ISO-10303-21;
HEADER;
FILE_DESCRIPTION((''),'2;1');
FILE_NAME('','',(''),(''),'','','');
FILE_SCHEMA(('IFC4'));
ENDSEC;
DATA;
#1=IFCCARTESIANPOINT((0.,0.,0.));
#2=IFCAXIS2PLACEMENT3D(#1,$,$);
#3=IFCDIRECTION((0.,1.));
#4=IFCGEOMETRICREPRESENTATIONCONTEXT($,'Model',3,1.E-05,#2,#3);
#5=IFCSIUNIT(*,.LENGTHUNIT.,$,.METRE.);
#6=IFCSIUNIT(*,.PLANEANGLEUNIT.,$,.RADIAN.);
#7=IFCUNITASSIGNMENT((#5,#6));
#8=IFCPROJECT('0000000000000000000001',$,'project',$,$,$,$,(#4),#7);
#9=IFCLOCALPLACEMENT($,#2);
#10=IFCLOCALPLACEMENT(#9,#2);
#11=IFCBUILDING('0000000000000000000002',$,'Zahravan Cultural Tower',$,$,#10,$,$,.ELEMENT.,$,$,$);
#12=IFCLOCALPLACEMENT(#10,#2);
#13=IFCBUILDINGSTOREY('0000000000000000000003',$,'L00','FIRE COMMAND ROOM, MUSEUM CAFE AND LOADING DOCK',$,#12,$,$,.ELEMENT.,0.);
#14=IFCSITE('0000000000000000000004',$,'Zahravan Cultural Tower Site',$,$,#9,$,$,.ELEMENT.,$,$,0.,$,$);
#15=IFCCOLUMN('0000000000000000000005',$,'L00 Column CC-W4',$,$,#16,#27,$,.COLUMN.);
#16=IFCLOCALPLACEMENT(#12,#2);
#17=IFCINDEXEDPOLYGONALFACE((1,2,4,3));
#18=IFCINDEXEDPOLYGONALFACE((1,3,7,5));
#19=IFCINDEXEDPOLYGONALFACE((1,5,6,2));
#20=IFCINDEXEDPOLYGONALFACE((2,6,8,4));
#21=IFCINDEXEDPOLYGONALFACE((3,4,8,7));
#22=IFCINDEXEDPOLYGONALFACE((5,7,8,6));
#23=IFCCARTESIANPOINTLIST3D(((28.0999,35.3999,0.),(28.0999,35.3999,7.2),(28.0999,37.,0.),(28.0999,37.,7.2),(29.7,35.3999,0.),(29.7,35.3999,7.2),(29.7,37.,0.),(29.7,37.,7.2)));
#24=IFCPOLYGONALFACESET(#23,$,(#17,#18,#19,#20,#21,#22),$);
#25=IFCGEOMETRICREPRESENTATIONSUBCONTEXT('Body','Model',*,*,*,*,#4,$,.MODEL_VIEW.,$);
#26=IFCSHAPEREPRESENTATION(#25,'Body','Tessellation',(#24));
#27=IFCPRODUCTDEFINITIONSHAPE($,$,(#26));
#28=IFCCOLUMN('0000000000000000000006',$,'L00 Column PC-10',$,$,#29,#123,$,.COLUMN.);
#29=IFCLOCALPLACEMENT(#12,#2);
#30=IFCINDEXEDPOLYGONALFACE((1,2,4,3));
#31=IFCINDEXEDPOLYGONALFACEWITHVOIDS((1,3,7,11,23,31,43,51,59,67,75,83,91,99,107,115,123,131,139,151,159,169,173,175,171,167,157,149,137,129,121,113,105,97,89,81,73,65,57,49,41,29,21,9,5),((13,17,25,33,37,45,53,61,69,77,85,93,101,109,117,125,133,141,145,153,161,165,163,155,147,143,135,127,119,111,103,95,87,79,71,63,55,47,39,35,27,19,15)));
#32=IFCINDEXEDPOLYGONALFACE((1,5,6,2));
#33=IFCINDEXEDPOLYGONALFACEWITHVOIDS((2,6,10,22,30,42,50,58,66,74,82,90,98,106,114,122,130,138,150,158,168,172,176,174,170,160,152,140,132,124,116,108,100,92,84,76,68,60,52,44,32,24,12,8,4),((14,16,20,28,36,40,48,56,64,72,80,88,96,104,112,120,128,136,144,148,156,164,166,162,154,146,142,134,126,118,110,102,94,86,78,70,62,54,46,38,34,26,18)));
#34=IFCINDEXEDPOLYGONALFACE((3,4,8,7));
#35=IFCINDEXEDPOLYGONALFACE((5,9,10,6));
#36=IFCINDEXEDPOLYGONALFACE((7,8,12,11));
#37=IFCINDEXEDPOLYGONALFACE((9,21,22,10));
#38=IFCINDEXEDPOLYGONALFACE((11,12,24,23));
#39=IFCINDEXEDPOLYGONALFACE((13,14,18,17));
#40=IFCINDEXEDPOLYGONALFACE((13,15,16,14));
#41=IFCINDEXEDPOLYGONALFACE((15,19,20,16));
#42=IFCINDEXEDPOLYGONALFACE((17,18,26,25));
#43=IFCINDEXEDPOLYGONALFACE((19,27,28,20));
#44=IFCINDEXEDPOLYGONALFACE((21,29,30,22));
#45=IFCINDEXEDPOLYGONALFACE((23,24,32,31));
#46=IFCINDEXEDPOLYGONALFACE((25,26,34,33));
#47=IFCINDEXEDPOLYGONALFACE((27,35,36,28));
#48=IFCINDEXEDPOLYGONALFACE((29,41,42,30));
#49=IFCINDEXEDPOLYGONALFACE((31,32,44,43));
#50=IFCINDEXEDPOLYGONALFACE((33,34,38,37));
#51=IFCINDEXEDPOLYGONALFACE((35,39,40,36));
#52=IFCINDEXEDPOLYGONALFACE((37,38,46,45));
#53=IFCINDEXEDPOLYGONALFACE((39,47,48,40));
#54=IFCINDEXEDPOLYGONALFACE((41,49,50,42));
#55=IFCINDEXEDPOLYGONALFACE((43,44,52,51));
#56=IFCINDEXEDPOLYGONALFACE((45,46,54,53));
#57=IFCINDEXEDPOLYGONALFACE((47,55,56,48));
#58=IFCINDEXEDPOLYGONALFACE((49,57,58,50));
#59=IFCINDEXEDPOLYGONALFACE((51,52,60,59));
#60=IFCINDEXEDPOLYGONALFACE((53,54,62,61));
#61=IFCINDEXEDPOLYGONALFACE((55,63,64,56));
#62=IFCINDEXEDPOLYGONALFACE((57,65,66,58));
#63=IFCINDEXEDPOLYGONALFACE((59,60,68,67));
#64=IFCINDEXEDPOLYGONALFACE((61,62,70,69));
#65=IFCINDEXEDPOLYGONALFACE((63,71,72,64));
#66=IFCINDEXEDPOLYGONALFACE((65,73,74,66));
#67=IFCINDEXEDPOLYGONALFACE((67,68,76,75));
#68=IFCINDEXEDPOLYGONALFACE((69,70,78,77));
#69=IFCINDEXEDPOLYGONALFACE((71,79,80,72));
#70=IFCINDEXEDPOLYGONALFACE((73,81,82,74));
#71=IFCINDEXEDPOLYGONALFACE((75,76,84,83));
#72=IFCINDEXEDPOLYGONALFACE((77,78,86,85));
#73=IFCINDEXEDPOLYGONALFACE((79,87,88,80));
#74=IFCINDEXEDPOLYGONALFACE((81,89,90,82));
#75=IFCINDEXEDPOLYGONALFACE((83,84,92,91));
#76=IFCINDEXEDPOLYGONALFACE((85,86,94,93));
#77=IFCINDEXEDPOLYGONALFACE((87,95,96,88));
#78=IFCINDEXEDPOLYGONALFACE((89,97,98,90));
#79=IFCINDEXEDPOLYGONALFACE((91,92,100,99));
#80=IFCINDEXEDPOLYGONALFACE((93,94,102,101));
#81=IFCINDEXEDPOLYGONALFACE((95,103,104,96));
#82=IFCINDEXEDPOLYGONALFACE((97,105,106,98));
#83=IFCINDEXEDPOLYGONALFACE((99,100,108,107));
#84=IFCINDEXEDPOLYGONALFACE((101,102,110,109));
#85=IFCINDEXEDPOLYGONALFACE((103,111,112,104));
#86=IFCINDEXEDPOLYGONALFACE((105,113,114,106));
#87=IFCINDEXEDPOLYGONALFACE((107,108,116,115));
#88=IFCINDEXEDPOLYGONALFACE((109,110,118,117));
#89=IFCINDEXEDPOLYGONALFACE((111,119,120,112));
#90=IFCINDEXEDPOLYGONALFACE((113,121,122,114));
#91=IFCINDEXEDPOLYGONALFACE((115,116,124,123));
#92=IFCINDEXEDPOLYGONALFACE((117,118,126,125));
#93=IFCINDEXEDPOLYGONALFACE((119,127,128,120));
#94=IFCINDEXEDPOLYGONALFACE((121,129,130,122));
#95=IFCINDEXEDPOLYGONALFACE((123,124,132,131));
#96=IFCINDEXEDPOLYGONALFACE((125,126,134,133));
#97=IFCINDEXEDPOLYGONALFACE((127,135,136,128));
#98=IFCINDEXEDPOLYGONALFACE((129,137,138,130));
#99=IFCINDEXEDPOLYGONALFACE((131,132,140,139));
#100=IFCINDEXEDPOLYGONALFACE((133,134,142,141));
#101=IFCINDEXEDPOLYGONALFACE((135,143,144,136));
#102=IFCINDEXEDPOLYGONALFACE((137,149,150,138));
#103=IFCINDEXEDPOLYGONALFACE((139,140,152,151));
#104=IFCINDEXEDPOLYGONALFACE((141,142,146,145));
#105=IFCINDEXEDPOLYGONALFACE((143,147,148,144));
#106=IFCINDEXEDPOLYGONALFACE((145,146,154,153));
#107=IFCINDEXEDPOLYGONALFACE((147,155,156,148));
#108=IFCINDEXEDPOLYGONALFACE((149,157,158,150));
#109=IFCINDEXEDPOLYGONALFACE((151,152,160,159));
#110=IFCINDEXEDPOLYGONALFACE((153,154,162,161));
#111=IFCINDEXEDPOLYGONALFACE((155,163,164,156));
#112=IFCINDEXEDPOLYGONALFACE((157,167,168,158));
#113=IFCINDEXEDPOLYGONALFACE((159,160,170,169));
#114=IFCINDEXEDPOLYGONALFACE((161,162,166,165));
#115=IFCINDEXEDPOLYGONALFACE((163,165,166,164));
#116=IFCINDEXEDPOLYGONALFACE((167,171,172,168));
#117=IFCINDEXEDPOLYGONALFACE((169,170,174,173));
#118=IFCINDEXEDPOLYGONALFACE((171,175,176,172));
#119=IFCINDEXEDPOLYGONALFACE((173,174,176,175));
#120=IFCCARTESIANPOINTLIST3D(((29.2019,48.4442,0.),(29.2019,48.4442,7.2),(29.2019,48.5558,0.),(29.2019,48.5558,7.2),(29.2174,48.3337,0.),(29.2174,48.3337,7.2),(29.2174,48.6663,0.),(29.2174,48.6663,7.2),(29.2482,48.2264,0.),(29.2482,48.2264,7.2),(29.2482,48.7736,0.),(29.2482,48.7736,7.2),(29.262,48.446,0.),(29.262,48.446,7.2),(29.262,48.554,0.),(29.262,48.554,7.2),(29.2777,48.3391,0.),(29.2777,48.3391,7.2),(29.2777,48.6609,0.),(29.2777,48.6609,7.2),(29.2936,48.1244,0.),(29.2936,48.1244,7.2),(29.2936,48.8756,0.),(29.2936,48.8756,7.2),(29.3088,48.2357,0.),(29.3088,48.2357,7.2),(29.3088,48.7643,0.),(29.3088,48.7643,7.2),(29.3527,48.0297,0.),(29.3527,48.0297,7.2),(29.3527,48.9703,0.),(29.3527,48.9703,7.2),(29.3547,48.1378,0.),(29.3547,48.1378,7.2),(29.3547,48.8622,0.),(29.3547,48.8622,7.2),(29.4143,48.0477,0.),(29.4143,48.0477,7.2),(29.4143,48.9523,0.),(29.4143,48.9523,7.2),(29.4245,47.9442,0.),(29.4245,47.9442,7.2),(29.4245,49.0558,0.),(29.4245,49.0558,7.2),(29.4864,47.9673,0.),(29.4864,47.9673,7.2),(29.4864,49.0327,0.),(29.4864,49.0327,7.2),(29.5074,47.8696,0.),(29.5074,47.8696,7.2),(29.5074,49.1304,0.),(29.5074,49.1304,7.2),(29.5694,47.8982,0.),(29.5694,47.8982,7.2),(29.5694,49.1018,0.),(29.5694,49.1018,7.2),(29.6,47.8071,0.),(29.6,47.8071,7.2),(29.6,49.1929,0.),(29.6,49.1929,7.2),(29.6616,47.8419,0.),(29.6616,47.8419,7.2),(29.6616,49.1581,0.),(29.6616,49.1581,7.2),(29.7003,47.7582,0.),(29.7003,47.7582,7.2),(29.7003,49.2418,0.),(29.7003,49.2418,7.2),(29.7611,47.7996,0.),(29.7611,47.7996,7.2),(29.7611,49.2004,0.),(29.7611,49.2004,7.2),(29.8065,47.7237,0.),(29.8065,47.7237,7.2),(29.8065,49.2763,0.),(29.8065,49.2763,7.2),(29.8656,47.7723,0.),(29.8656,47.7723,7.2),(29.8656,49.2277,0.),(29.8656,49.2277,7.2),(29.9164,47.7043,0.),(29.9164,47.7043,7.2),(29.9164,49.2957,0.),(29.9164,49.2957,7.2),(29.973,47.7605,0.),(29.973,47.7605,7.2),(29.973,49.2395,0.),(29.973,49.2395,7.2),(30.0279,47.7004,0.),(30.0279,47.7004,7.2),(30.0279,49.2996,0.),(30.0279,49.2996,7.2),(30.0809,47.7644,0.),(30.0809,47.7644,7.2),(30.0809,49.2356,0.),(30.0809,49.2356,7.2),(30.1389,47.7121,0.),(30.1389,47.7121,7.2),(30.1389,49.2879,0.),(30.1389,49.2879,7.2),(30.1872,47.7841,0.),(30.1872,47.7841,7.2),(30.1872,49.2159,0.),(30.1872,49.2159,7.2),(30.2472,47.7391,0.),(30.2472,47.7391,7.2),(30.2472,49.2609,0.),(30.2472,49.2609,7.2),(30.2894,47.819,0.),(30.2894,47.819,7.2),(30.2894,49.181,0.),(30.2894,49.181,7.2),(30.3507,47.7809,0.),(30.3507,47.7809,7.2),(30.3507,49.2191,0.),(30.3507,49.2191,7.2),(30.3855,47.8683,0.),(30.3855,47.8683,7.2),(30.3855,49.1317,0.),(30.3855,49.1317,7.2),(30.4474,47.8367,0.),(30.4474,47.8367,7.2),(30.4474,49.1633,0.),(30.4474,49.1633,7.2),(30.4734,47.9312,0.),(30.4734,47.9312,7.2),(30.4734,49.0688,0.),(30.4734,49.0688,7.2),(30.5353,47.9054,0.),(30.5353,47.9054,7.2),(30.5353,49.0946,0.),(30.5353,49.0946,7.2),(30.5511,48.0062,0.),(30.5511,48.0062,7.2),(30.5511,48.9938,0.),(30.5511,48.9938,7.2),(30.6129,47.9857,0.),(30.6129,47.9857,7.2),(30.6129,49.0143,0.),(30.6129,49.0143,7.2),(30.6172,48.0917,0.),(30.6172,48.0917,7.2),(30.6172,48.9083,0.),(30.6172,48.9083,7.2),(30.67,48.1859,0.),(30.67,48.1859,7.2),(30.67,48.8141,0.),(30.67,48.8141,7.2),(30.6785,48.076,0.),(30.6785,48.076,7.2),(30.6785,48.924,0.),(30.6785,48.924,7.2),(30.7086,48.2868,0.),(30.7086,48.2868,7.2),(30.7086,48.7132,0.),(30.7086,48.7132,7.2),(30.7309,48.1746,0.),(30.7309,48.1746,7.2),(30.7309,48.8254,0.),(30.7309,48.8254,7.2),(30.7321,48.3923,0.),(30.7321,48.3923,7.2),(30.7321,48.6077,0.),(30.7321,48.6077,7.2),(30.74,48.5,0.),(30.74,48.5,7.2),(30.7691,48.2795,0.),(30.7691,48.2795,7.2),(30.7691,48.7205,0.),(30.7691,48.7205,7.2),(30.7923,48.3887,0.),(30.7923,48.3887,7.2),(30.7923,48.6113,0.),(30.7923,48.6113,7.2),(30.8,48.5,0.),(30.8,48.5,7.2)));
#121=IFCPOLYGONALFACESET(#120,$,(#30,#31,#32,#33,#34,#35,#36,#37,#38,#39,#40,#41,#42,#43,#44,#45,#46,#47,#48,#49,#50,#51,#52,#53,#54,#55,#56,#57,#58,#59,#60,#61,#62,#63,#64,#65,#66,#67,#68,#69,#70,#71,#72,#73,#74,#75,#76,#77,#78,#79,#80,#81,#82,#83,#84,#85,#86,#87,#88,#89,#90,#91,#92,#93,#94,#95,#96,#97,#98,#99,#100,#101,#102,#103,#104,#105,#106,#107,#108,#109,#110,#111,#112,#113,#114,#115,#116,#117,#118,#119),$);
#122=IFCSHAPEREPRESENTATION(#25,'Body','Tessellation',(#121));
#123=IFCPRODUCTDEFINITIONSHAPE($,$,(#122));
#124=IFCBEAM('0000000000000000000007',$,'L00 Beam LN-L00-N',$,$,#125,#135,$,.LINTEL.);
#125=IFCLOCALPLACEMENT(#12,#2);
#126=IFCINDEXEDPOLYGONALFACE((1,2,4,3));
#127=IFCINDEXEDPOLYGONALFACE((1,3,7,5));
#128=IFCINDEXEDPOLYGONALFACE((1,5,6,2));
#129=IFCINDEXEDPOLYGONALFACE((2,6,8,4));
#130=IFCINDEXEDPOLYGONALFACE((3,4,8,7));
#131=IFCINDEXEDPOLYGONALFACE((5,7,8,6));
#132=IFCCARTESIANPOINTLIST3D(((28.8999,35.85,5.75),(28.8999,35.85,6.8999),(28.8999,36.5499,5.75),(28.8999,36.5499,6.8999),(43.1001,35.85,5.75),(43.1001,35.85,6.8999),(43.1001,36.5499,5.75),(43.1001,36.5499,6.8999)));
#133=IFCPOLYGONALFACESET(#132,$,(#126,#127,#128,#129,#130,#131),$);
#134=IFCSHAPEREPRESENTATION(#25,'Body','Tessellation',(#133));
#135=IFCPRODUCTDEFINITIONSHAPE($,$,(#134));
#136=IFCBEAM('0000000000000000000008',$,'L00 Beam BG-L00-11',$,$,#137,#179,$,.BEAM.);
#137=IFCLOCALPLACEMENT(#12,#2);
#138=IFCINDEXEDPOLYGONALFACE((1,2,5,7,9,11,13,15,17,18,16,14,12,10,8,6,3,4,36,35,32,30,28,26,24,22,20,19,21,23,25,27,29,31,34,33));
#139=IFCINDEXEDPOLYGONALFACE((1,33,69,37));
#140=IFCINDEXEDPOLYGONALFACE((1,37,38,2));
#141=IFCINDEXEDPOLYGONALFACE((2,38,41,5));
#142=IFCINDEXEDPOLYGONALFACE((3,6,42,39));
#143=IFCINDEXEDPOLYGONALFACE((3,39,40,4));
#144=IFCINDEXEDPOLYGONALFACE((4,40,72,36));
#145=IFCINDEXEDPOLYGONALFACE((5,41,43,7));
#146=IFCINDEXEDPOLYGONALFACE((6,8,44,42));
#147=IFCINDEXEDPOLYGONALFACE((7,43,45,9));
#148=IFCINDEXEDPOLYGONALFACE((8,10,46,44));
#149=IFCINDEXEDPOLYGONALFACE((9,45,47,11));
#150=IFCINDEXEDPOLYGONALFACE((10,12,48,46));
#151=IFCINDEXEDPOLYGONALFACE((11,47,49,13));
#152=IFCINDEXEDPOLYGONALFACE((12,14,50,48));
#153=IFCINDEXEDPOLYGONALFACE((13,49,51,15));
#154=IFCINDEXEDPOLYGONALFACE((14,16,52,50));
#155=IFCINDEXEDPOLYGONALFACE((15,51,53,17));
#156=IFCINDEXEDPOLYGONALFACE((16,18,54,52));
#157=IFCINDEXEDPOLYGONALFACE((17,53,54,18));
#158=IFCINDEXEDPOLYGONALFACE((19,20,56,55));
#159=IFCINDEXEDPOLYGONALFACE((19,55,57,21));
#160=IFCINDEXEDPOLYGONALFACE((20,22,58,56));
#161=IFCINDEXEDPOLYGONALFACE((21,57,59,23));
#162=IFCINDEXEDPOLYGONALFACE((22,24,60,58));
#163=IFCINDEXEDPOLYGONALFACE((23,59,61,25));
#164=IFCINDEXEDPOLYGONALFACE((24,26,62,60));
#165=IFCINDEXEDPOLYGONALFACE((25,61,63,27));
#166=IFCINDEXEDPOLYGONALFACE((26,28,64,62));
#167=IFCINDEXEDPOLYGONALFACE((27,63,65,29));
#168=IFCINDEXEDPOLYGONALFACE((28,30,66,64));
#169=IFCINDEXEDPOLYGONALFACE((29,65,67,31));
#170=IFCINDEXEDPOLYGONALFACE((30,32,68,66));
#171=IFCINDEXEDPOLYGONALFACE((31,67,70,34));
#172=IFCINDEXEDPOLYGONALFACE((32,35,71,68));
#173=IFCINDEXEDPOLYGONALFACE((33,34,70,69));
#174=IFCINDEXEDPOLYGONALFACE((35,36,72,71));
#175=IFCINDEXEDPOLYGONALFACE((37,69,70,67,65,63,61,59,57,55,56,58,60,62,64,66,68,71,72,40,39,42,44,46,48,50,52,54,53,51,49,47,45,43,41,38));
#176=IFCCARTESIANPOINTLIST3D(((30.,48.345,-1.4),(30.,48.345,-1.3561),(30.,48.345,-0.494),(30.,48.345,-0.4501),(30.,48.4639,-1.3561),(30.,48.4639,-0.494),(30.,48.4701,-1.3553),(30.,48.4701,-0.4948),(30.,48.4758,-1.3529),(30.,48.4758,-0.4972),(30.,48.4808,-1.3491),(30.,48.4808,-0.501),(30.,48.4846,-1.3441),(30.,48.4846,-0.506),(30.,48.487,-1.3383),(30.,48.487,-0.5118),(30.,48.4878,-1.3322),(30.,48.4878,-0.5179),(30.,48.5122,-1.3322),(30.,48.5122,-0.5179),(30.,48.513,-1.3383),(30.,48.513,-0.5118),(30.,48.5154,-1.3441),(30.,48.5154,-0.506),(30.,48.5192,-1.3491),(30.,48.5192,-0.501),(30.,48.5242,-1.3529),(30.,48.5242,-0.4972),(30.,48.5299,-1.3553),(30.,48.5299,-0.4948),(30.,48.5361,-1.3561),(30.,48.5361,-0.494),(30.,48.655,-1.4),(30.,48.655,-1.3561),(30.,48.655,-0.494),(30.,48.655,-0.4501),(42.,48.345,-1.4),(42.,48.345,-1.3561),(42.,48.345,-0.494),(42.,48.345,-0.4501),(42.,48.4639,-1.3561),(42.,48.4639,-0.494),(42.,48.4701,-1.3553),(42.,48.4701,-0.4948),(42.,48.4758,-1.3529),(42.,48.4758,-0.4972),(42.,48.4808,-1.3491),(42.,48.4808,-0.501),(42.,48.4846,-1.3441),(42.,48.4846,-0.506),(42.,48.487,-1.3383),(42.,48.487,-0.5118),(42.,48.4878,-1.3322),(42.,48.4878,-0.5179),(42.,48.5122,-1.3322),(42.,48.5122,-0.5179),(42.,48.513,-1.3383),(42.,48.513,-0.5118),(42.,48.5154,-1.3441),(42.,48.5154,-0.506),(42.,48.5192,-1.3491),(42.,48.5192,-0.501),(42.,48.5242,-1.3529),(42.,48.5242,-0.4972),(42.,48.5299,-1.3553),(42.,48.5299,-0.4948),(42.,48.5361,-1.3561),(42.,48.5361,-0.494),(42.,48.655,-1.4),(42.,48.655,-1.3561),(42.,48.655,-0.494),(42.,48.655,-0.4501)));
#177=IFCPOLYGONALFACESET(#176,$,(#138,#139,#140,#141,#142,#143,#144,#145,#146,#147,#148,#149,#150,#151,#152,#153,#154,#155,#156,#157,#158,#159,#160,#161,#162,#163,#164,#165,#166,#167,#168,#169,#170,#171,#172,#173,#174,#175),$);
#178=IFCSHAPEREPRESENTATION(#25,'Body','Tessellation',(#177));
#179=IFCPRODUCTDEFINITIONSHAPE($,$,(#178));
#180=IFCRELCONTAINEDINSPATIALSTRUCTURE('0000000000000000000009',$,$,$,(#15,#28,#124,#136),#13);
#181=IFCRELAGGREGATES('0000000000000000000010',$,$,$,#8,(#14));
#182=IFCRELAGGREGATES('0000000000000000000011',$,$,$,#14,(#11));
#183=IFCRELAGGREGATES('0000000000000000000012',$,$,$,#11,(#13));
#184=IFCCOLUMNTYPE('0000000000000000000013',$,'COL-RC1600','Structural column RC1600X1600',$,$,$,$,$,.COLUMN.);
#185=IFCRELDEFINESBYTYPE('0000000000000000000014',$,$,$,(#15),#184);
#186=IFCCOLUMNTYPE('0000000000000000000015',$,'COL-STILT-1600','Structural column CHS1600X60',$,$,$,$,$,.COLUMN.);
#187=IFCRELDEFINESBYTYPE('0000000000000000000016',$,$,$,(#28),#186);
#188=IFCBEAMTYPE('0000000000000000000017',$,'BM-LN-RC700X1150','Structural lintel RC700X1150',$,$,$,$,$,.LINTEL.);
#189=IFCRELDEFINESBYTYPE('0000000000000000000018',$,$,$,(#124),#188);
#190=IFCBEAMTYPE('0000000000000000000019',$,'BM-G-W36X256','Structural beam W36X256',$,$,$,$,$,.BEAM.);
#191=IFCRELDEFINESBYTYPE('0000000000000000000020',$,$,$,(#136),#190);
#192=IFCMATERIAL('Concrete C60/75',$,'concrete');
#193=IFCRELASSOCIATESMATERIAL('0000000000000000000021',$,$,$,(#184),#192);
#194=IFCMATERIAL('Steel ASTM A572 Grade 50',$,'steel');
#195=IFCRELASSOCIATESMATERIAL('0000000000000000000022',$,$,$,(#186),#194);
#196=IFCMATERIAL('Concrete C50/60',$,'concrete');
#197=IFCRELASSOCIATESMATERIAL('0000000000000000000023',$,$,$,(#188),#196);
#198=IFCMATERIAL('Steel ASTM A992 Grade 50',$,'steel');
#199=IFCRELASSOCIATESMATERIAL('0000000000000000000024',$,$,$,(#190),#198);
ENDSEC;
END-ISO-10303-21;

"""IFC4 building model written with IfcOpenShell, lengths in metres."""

from ifc_helpers import new_model, si_unit, direction, frame, origin, origin_2d, place, context, subcontext, project, spatial, rectangle, hollow_circle, i_section, extrude, source, transform, mapped, material, material_profile, profile_set, type_object, element, save


model = new_model("IFC4")

# Units and contexts
model_context = context("Model", 3, precision=1e-05, world=origin(), true_north=direction((0.0, 1.0)))
body_context = subcontext(model_context, "Body", "Model", "MODEL_VIEW")
ifc_project = project(units=[si_unit("LENGTHUNIT", "METRE"), si_unit("PLANEANGLEUNIT", "RADIAN")], contexts=[model_context])

# Site, building, storey
site_placement = place(None, origin())
site = spatial("IfcSite", under=ifc_project, at=site_placement, Name="Zahravan Cultural Tower Site", CompositionType="ELEMENT", RefElevation=0.0)
building_placement = place(site_placement, origin())
building = spatial("IfcBuilding", under=site, at=building_placement, Name="Zahravan Cultural Tower", CompositionType="ELEMENT")
storey_placement = place(building_placement, origin())
storey = spatial("IfcBuildingStorey", under=building, at=storey_placement, Name="L00", Description="FIRE COMMAND ROOM, MUSEUM CAFE AND LOADING DOCK", CompositionType="ELEMENT", Elevation=0.0)

# Columns
ifc_material_1 = material(Name="Concrete C60/75", Category="concrete")
ifc_material_profile_1 = material_profile(ifc_material_1, rectangle(XDim=1.6001, YDim=1.6001, at=origin_2d()), Name="RC1600X1600")
ifc_profile_set_1 = profile_set([ifc_material_profile_1], Name="Concrete C60/75")
column_type_1 = type_object("IfcColumnType", Name="COL-RC1600", Description="Structural column RC1600X1600", PredefinedType="COLUMN", material=ifc_profile_set_1)
shared_shape_1 = source(origin(), body_context, "Body", "SweptSolid", [
    extrude(rectangle(XDim=1.6001, YDim=1.6001, at=origin_2d()), origin(), (0.0, 0.0, 1.0), 7.2),
])
column_1_placement = place(storey_placement, frame((28.8999, 36.2, 0.0), z_axis=(0.0, 0.0, 1.0), x_axis=(1.0, 0.0, 0.0)))
element("IfcColumn", 1, at=column_1_placement, inside=storey, type_object=column_type_1, Name="L00 Column CC-W4", PredefinedType="COLUMN", context=body_context, shape_type="MappedRepresentation", body=[
    mapped(shared_shape_1, transform((0.0, 0.0, 0.0), x_axis=(1.0, 0.0, 0.0), y_axis=(0.0, 1.0, 0.0), z_axis=(0.0, 0.0, 1.0), scale=1.0)),
])
ifc_material_2 = material(Name="Steel ASTM A572 Grade 50", Category="steel")
ifc_material_profile_2 = material_profile(ifc_material_2, hollow_circle(Radius=0.8, WallThickness=0.0601, at=origin_2d()), Name="CHS1600X60")
ifc_profile_set_2 = profile_set([ifc_material_profile_2], Name="Steel ASTM A572 Grade 50")
column_type_2 = type_object("IfcColumnType", Name="COL-STILT-1600", Description="Structural column CHS1600X60", PredefinedType="COLUMN", material=ifc_profile_set_2)
shared_shape_2 = source(origin(), body_context, "Body", "SweptSolid", [
    extrude(hollow_circle(Radius=0.8, WallThickness=0.0601, at=origin_2d()), origin(), (0.0, 0.0, 1.0), 7.2),
])
column_2_placement = place(storey_placement, frame((30.0, 48.5, 0.0), z_axis=(0.0, 0.0, 1.0), x_axis=(1.0, 0.0, 0.0)))
element("IfcColumn", 2, at=column_2_placement, inside=storey, type_object=column_type_2, Name="L00 Column PC-10", PredefinedType="COLUMN", context=body_context, shape_type="MappedRepresentation", body=[
    mapped(shared_shape_2, transform((0.0, 0.0, 0.0), x_axis=(1.0, 0.0, 0.0), y_axis=(0.0, 1.0, 0.0), z_axis=(0.0, 0.0, 1.0), scale=1.0)),
])

# Beams
ifc_material_3 = material(Name="Concrete C50/60", Category="concrete")
ifc_material_profile_3 = material_profile(ifc_material_3, rectangle(XDim=0.7, YDim=1.1499, at=origin_2d()), Name="RC700X1150")
ifc_profile_set_3 = profile_set([ifc_material_profile_3], Name="Concrete C50/60")
beam_type_1 = type_object("IfcBeamType", Name="BM-LN-RC700X1150", Description="Structural lintel RC700X1150", PredefinedType="LINTEL", material=ifc_profile_set_3)
shared_shape_3 = source(origin(), body_context, "Body", "SweptSolid", [
    extrude(rectangle(XDim=0.7, YDim=1.1499, at=origin_2d()), origin(), (0.0, 0.0, 1.0), 14.2002),
])
beam_1_placement = place(storey_placement, frame((28.8999, 36.2, 6.325), z_axis=(1.0, 0.0, 0.0), x_axis=(0.0, 1.0, 0.0)))
element("IfcBeam", 3, at=beam_1_placement, inside=storey, type_object=beam_type_1, Name="L00 Beam LN-L00-N", PredefinedType="LINTEL", context=body_context, shape_type="MappedRepresentation", body=[
    mapped(shared_shape_3, transform((0.0, 0.0, 0.0), x_axis=(1.0, 0.0, 0.0), y_axis=(0.0, 1.0, 0.0), z_axis=(0.0, 0.0, 1.0), scale=1.0)),
])
ifc_material_4 = material(Name="Steel ASTM A992 Grade 50", Category="steel")
ifc_material_profile_4 = material_profile(ifc_material_4, i_section(OverallWidth=0.3101, OverallDepth=0.95, WebThickness=0.0244, FlangeThickness=0.0439, FilletRadius=0.0239, at=origin_2d()), Name="W36X256")
ifc_profile_set_4 = profile_set([ifc_material_profile_4], Name="Steel ASTM A992 Grade 50")
beam_type_2 = type_object("IfcBeamType", Name="BM-G-W36X256", Description="Structural beam W36X256", PredefinedType="BEAM", material=ifc_profile_set_4)
shared_shape_4 = source(origin(), body_context, "Body", "SweptSolid", [
    extrude(i_section(OverallWidth=0.3101, OverallDepth=0.95, WebThickness=0.0244, FlangeThickness=0.0439, FilletRadius=0.0239, at=origin_2d()), origin(), (0.0, 0.0, 1.0), 12.0),
])
beam_2_placement = place(storey_placement, frame((30.0, 48.5, -0.925), z_axis=(1.0, 0.0, 0.0), x_axis=(0.0, 1.0, 0.0)))
element("IfcBeam", 4, at=beam_2_placement, inside=storey, type_object=beam_type_2, Name="L00 Beam BG-L00-11", PredefinedType="BEAM", context=body_context, shape_type="MappedRepresentation", body=[
    mapped(shared_shape_4, transform((0.0, 0.0, 0.0), x_axis=(1.0, 0.0, 0.0), y_axis=(0.0, 1.0, 0.0), z_axis=(0.0, 0.0, 1.0), scale=1.0)),
])

save(model, "model.ifc")
